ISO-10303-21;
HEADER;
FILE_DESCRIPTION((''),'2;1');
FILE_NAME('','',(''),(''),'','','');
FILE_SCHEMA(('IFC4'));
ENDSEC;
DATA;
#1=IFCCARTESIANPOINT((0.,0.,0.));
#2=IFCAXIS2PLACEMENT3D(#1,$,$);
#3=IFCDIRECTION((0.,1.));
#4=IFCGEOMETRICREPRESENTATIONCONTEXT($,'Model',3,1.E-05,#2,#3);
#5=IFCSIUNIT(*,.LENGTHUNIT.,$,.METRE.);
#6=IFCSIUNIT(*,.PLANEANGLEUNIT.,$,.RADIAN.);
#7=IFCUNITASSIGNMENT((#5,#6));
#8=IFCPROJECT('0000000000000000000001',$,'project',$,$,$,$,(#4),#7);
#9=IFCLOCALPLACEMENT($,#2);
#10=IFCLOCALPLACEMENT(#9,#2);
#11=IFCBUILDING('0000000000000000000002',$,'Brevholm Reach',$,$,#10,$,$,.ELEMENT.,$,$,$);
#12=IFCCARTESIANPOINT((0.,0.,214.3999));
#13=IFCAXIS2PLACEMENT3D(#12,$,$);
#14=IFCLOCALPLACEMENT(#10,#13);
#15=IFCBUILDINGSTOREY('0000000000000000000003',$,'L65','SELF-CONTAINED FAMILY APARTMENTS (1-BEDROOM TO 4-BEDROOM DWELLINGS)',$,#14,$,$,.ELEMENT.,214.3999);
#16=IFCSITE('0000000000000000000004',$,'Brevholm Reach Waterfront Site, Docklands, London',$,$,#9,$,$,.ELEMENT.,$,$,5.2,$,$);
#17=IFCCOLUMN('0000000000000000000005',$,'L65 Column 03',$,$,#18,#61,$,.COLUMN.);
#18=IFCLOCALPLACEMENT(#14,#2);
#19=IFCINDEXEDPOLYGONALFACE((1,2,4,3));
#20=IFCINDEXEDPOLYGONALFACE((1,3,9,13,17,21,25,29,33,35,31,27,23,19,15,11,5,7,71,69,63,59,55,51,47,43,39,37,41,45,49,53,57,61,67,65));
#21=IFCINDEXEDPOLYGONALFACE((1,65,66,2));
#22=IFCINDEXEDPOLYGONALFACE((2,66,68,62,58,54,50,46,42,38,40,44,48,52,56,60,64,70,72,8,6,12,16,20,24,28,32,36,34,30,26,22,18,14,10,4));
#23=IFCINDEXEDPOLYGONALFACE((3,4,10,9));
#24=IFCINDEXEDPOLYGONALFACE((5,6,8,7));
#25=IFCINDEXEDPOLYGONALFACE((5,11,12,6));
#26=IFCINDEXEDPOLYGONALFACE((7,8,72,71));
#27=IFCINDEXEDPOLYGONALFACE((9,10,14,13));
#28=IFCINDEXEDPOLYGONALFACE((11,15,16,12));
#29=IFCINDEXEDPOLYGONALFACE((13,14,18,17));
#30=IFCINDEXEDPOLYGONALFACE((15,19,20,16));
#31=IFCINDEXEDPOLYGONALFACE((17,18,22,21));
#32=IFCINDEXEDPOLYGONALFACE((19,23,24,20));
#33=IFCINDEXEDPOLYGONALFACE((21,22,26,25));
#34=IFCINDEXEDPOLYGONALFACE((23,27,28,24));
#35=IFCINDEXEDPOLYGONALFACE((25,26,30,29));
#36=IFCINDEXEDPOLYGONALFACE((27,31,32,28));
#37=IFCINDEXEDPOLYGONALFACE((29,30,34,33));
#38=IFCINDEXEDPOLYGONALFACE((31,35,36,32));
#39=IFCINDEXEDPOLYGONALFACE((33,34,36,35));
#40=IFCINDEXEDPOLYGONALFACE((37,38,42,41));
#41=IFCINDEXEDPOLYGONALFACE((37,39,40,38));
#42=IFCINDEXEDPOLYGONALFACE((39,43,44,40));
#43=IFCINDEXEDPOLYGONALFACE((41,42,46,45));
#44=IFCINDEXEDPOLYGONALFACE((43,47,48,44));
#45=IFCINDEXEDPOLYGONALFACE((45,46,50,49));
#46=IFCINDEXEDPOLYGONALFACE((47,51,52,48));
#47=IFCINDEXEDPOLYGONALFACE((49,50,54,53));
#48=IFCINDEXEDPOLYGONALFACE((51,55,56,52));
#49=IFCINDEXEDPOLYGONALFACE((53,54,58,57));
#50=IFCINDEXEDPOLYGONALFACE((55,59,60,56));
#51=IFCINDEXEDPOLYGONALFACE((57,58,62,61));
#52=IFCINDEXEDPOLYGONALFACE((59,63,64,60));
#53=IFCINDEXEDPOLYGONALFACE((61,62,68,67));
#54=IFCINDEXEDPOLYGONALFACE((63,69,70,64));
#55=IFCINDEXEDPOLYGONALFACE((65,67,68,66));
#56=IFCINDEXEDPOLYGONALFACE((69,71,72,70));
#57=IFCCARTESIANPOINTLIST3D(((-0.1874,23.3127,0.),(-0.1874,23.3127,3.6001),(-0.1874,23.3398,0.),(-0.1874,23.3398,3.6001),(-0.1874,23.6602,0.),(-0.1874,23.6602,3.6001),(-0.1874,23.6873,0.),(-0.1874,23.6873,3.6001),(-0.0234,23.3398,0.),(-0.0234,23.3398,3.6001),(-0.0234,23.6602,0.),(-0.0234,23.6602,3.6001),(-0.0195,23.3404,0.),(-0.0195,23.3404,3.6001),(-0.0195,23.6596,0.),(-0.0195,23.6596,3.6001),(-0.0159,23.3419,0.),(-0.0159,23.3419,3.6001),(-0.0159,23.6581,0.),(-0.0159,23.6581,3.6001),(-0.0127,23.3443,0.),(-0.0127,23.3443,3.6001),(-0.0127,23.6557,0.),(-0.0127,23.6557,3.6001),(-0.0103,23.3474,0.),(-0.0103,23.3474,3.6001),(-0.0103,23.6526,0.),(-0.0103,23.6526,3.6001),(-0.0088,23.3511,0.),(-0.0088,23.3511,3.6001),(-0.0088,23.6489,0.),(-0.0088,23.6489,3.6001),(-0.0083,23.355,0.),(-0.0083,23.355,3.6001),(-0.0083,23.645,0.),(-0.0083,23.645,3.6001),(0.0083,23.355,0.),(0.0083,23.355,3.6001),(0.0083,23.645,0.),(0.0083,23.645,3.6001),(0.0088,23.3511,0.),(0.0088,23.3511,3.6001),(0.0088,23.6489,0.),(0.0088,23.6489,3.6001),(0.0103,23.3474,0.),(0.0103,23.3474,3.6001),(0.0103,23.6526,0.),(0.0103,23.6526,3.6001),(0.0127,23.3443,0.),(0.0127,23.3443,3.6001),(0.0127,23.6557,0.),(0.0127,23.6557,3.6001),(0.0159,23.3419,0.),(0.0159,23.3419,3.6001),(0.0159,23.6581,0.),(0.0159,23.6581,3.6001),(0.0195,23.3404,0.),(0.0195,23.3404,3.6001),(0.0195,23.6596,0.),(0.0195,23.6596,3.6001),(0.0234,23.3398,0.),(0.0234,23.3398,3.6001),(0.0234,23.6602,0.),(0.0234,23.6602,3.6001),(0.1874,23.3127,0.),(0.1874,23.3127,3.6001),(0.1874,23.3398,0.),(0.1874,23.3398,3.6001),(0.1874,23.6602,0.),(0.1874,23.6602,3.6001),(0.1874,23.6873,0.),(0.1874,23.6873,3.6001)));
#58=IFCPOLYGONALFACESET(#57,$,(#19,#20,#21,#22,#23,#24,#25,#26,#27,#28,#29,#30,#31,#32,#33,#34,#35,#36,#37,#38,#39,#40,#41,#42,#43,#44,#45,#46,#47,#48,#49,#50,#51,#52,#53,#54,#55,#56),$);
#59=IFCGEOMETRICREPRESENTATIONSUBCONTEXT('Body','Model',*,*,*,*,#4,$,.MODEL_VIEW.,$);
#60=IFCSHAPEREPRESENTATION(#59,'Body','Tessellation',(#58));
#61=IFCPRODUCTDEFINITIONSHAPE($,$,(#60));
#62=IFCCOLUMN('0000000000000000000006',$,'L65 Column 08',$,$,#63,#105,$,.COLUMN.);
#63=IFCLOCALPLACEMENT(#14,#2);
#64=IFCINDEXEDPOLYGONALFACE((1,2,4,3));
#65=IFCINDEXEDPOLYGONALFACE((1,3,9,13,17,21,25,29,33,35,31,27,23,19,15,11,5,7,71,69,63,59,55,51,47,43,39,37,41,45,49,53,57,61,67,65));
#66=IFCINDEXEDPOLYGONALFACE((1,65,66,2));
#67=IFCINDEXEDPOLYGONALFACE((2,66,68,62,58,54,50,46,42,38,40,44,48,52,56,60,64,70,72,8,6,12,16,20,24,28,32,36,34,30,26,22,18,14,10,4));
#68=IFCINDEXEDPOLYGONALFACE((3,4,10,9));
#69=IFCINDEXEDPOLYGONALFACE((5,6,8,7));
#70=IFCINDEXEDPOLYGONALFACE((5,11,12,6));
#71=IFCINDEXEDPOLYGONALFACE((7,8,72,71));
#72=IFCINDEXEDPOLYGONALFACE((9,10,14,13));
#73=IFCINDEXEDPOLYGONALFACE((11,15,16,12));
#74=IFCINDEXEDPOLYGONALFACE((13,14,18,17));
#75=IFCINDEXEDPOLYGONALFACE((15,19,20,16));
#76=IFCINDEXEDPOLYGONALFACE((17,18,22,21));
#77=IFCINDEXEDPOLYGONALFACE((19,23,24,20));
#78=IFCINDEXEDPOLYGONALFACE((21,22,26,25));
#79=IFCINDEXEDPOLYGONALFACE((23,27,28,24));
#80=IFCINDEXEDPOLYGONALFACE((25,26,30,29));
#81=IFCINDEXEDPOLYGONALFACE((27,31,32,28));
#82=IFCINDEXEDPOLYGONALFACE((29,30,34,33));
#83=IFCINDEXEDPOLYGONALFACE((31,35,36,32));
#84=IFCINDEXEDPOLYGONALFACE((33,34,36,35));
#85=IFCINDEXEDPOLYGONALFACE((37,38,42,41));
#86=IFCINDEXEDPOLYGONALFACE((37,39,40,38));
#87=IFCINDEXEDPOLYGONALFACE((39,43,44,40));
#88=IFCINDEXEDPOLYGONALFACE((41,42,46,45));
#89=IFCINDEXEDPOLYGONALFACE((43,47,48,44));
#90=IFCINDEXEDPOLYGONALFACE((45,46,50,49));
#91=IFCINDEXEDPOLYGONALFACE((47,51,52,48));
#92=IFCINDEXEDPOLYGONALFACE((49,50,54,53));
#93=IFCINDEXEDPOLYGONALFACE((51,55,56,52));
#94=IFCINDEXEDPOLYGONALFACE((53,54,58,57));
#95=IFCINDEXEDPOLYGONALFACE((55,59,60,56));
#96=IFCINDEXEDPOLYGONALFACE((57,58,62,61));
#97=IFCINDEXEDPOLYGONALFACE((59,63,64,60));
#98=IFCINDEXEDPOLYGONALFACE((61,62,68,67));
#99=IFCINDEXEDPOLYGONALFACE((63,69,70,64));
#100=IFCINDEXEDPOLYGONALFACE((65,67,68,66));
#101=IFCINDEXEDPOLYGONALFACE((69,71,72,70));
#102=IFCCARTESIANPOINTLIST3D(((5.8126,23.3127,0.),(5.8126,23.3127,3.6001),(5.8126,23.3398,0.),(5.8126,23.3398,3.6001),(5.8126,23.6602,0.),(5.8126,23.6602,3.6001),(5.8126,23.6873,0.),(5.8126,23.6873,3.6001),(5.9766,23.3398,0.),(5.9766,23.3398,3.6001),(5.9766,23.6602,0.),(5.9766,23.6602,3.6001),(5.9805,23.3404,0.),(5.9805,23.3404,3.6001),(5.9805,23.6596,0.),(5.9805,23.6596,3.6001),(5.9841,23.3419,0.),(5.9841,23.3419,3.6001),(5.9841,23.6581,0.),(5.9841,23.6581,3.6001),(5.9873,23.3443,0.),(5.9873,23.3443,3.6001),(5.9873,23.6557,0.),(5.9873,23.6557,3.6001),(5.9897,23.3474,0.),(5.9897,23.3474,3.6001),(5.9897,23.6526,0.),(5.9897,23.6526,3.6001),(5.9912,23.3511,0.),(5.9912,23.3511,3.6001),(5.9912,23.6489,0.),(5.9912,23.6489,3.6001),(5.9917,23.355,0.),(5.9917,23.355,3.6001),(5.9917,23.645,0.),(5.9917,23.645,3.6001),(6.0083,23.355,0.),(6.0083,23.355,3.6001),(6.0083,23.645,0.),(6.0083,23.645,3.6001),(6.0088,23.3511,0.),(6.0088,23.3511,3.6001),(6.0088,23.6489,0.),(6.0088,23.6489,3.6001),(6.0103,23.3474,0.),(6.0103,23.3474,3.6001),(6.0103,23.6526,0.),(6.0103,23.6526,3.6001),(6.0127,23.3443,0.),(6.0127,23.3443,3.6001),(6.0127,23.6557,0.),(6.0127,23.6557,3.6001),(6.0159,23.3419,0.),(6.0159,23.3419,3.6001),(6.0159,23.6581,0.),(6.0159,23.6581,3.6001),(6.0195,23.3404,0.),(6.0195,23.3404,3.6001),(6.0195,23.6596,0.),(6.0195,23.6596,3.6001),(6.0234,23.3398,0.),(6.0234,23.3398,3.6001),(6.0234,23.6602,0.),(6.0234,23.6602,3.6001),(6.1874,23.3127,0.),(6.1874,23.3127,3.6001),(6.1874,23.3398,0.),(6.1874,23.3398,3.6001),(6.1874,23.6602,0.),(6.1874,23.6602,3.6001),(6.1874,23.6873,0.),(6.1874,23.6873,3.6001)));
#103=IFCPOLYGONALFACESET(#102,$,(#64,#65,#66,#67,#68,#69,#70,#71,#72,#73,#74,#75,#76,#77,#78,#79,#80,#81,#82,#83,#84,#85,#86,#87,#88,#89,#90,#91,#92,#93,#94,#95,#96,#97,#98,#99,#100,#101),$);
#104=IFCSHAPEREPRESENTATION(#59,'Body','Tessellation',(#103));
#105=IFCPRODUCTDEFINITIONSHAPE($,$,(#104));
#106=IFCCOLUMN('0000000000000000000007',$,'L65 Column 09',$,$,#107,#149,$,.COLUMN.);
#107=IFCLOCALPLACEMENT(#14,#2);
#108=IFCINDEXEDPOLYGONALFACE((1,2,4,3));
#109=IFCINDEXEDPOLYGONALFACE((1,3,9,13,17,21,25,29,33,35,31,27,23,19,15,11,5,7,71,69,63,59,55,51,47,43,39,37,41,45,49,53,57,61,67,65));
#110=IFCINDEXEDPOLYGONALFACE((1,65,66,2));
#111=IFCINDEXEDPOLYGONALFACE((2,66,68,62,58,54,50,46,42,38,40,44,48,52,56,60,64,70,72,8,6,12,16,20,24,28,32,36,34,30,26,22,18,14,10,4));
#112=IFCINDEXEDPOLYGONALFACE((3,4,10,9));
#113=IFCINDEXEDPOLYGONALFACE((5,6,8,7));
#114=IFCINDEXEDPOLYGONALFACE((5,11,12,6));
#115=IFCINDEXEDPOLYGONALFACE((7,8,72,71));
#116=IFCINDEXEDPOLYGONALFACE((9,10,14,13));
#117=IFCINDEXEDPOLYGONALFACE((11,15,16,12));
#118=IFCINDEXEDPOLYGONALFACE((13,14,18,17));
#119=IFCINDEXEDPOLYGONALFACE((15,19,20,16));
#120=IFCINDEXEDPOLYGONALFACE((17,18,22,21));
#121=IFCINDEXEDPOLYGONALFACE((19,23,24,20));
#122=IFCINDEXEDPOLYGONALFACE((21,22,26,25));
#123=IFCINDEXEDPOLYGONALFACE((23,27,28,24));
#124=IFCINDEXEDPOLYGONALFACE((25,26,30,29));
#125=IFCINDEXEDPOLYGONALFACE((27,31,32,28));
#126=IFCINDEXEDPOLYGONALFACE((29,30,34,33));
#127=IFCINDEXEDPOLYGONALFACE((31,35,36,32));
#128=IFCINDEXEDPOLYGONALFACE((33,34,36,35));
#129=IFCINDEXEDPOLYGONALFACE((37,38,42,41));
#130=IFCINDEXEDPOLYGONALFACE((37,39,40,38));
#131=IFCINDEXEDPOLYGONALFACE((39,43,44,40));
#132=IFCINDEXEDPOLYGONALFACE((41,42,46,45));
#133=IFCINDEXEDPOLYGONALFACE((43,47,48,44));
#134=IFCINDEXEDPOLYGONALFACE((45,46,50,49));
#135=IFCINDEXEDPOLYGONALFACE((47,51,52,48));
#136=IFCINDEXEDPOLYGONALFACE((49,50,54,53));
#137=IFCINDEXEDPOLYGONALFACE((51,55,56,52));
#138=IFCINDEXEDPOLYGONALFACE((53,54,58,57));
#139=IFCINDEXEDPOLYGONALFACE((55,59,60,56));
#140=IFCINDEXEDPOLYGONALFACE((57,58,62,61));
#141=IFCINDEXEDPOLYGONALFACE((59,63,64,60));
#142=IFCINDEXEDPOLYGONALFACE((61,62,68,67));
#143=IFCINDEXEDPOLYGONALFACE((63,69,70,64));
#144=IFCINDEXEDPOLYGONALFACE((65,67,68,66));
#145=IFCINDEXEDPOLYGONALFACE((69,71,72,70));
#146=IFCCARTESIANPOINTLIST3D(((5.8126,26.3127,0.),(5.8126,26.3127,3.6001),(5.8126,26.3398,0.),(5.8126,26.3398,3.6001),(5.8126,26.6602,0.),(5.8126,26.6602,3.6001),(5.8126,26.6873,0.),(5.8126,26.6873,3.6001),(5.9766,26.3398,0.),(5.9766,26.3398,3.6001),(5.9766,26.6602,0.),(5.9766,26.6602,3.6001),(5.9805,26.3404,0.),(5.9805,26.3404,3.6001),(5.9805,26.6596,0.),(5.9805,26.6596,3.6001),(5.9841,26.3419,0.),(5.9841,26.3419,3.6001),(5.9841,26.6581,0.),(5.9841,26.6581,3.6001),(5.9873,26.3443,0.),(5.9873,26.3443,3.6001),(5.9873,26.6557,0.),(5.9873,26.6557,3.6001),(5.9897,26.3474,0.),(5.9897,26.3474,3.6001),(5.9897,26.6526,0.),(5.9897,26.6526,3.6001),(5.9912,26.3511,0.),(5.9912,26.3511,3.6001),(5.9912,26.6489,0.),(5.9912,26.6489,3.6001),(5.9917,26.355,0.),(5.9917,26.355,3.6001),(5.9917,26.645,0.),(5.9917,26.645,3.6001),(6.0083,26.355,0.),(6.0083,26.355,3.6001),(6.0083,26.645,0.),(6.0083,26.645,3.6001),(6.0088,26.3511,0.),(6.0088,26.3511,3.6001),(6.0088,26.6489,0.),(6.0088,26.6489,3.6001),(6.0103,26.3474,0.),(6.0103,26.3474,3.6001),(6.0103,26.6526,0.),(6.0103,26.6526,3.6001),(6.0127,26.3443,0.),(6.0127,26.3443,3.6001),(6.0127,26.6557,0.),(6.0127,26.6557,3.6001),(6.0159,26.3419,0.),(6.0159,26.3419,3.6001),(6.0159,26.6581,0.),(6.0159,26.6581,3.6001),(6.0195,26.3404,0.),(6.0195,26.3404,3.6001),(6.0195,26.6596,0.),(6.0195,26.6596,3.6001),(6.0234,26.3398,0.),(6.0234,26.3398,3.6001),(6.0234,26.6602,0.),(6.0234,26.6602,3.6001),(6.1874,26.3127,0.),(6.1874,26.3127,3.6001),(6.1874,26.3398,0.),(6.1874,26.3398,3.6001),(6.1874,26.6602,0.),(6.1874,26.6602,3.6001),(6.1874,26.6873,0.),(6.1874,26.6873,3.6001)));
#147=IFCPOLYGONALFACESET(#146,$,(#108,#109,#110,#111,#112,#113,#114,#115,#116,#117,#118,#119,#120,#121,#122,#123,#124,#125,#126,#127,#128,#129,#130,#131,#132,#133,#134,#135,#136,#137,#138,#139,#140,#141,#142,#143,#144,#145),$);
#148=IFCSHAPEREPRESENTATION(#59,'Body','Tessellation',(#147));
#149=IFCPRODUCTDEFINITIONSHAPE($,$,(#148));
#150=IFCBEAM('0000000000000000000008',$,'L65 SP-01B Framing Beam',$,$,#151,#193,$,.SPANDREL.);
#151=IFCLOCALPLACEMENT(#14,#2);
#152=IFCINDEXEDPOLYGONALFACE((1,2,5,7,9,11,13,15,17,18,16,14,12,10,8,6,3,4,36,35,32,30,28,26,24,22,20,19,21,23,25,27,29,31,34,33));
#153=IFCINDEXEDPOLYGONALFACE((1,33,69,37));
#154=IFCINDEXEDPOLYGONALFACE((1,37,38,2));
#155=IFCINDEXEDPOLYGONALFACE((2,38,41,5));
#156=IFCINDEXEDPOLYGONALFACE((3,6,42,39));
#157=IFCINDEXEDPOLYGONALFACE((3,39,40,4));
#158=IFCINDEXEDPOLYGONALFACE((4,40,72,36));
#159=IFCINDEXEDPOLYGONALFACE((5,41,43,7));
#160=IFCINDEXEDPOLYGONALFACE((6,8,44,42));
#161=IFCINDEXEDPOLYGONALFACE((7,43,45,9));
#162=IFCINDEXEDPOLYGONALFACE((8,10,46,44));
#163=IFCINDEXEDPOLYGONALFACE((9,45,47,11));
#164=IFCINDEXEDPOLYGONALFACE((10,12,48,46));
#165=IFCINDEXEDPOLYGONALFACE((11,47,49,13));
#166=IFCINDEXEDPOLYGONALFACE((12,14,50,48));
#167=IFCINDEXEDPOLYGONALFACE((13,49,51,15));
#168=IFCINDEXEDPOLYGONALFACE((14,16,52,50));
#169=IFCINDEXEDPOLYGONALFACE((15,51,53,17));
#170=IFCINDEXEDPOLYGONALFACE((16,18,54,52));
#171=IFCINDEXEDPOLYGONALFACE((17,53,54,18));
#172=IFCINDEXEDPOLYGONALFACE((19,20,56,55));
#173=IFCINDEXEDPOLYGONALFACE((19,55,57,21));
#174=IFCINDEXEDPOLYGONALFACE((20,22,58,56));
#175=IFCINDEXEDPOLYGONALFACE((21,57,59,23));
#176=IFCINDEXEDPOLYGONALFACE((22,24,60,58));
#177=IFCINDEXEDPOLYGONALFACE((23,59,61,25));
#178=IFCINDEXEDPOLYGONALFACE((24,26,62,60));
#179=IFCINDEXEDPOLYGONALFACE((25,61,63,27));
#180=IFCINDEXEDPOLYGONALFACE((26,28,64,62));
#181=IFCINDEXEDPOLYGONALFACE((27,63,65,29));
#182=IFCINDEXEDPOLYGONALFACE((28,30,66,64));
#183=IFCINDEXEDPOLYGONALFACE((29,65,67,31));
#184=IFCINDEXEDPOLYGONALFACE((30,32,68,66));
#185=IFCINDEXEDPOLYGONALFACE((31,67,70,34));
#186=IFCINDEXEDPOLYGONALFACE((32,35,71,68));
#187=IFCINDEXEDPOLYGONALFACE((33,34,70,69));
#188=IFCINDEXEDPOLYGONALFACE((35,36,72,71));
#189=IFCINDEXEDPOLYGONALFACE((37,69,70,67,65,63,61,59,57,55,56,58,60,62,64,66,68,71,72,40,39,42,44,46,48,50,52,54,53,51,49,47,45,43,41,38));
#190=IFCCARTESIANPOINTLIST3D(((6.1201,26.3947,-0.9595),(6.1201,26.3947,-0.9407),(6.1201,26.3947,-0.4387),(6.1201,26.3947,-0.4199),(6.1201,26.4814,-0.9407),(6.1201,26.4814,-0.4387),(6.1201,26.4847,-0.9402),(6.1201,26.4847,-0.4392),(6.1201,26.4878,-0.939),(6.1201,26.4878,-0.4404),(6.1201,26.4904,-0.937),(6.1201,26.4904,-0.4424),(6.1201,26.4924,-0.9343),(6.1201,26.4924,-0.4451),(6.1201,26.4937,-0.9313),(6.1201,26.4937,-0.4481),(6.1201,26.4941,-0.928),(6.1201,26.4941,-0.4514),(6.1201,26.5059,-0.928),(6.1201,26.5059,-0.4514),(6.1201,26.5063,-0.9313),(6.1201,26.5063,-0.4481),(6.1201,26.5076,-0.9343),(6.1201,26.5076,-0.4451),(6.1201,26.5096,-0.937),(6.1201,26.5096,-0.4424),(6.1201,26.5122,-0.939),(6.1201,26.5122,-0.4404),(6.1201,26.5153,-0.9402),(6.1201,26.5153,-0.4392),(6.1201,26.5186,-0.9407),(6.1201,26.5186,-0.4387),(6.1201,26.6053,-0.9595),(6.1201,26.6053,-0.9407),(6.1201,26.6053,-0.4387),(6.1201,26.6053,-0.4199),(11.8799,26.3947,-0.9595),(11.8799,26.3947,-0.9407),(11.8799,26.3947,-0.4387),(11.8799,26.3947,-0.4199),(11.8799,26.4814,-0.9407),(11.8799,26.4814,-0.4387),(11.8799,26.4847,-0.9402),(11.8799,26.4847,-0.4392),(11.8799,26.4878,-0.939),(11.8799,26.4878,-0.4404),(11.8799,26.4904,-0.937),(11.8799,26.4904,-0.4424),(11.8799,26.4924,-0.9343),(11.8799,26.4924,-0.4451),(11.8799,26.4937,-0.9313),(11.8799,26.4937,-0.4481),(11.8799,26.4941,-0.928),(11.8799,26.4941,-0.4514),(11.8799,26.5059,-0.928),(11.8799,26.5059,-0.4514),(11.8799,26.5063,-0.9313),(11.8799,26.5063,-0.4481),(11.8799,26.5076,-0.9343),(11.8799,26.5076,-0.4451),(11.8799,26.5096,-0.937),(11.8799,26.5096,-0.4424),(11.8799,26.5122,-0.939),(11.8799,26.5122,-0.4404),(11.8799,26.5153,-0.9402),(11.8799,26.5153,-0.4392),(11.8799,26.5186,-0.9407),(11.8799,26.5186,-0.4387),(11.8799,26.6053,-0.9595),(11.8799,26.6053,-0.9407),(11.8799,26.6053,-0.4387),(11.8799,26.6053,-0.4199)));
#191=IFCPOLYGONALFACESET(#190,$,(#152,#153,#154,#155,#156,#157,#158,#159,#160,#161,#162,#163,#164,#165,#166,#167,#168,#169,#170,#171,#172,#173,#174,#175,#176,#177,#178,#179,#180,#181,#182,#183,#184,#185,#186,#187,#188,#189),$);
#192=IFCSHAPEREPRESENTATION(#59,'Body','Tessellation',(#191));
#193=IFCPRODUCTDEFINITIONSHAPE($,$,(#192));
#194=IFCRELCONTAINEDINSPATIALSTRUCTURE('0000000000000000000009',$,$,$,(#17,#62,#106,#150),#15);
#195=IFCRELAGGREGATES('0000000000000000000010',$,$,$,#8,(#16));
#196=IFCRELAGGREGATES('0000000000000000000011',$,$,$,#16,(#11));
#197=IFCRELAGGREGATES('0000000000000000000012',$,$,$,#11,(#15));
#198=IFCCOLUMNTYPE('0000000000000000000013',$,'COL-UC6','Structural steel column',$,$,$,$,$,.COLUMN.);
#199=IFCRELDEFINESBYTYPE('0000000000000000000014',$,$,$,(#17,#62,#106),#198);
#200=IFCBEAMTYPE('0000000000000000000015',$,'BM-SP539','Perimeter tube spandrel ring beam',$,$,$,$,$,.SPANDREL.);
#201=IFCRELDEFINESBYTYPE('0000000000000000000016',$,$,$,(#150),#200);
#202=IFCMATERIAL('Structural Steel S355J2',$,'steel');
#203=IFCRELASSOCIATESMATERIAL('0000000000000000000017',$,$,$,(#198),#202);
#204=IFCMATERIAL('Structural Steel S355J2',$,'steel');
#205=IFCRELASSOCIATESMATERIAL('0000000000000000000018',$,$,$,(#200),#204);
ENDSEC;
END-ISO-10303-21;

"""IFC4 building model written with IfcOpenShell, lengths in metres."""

from ifc_helpers import new_model, si_unit, direction, frame, origin, origin_2d, place, context, subcontext, project, spatial, i_section, extrude, material, material_profile, profile_set, type_object, element, save


model = new_model("IFC4")

# Units and contexts
model_context = context("Model", 3, precision=1e-05, world=origin(), true_north=direction((0.0, 1.0)))
body_context = subcontext(model_context, "Body", "Model", "MODEL_VIEW")
ifc_project = project(units=[si_unit("LENGTHUNIT", "METRE"), si_unit("PLANEANGLEUNIT", "RADIAN")], contexts=[model_context])

# Site, building, storey
site_placement = place(None, origin())
site = spatial("IfcSite", under=ifc_project, at=site_placement, Name="Brevholm Reach Waterfront Site, Docklands, London", CompositionType="ELEMENT", RefElevation=5.2)
building_placement = place(site_placement, origin())
building = spatial("IfcBuilding", under=site, at=building_placement, Name="Brevholm Reach", CompositionType="ELEMENT")
storey_placement = place(building_placement, frame((0.0, 0.0, 214.3999)))
storey = spatial("IfcBuildingStorey", under=building, at=storey_placement, Name="L65", Description="SELF-CONTAINED FAMILY APARTMENTS (1-BEDROOM TO 4-BEDROOM DWELLINGS)", CompositionType="ELEMENT", Elevation=214.3999)

# Columns
ifc_material_1 = material(Name="Structural Steel S355J2", Category="steel")
ifc_material_profile_1 = material_profile(ifc_material_1, i_section(OverallWidth=0.3748, OverallDepth=0.3745, WebThickness=0.0166, FlangeThickness=0.0271, FilletRadius=0.0151, at=origin_2d()), Name="UKC 356x368x202")
ifc_profile_set_1 = profile_set([ifc_material_profile_1], Name="Structural Steel S355J2")
column_type = type_object("IfcColumnType", Name="COL-UC6", Description="Structural steel column", PredefinedType="COLUMN", material=ifc_profile_set_1)
for number, where, z_axis, x_axis, name in (
    (1, (0.0, 23.5, 0.0), (0.0, 0.0, 1.0), (1.0, 0.0, 0.0), "L65 Column 03"),
    (2, (6.0, 23.5, 0.0), (0.0, 0.0, 1.0), (1.0, 0.0, 0.0), "L65 Column 08"),
    (3, (6.0, 26.5, 0.0), (0.0, 0.0, 1.0), (1.0, 0.0, 0.0), "L65 Column 09"),
):
    element("IfcColumn", number, at=place(storey_placement, frame(where, z_axis=z_axis, x_axis=x_axis)), inside=storey, type_object=column_type, Name=name, PredefinedType="COLUMN", context=body_context, shape_type="SweptSolid", body=[
        extrude(i_section(OverallWidth=0.3748, OverallDepth=0.3745, WebThickness=0.0166, FlangeThickness=0.0271, FilletRadius=0.0151, at=origin_2d()), origin(), (0.0, 0.0, 1.0), 3.6001),
    ])

# Beam
ifc_material_2 = material(Name="Structural Steel S355J2", Category="steel")
ifc_material_profile_2 = material_profile(ifc_material_2, i_section(OverallWidth=0.2107, OverallDepth=0.5396, WebThickness=0.0117, FlangeThickness=0.0188, FilletRadius=0.0127, at=origin_2d()), Name="UKB 533x210x109")
ifc_profile_set_2 = profile_set([ifc_material_profile_2], Name="Structural Steel S355J2")
beam_type_1 = type_object("IfcBeamType", Name="BM-SP539", Description="Perimeter tube spandrel ring beam", PredefinedType="SPANDREL", material=ifc_profile_set_2)
beam_1_placement = place(storey_placement, frame((6.1201, 26.5, -0.6897), z_axis=(1.0, 0.0, 0.0), x_axis=(0.0, 1.0, 0.0)))
element("IfcBeam", 4, at=beam_1_placement, inside=storey, type_object=beam_type_1, Name="L65 SP-01B Framing Beam", PredefinedType="SPANDREL", context=body_context, shape_type="SweptSolid", body=[
    extrude(i_section(OverallWidth=0.2107, OverallDepth=0.5396, WebThickness=0.0117, FlangeThickness=0.0188, FilletRadius=0.0127, at=origin_2d()), origin(), (0.0, 0.0, 1.0), 5.7598),
])

save(model, "model.ifc")
